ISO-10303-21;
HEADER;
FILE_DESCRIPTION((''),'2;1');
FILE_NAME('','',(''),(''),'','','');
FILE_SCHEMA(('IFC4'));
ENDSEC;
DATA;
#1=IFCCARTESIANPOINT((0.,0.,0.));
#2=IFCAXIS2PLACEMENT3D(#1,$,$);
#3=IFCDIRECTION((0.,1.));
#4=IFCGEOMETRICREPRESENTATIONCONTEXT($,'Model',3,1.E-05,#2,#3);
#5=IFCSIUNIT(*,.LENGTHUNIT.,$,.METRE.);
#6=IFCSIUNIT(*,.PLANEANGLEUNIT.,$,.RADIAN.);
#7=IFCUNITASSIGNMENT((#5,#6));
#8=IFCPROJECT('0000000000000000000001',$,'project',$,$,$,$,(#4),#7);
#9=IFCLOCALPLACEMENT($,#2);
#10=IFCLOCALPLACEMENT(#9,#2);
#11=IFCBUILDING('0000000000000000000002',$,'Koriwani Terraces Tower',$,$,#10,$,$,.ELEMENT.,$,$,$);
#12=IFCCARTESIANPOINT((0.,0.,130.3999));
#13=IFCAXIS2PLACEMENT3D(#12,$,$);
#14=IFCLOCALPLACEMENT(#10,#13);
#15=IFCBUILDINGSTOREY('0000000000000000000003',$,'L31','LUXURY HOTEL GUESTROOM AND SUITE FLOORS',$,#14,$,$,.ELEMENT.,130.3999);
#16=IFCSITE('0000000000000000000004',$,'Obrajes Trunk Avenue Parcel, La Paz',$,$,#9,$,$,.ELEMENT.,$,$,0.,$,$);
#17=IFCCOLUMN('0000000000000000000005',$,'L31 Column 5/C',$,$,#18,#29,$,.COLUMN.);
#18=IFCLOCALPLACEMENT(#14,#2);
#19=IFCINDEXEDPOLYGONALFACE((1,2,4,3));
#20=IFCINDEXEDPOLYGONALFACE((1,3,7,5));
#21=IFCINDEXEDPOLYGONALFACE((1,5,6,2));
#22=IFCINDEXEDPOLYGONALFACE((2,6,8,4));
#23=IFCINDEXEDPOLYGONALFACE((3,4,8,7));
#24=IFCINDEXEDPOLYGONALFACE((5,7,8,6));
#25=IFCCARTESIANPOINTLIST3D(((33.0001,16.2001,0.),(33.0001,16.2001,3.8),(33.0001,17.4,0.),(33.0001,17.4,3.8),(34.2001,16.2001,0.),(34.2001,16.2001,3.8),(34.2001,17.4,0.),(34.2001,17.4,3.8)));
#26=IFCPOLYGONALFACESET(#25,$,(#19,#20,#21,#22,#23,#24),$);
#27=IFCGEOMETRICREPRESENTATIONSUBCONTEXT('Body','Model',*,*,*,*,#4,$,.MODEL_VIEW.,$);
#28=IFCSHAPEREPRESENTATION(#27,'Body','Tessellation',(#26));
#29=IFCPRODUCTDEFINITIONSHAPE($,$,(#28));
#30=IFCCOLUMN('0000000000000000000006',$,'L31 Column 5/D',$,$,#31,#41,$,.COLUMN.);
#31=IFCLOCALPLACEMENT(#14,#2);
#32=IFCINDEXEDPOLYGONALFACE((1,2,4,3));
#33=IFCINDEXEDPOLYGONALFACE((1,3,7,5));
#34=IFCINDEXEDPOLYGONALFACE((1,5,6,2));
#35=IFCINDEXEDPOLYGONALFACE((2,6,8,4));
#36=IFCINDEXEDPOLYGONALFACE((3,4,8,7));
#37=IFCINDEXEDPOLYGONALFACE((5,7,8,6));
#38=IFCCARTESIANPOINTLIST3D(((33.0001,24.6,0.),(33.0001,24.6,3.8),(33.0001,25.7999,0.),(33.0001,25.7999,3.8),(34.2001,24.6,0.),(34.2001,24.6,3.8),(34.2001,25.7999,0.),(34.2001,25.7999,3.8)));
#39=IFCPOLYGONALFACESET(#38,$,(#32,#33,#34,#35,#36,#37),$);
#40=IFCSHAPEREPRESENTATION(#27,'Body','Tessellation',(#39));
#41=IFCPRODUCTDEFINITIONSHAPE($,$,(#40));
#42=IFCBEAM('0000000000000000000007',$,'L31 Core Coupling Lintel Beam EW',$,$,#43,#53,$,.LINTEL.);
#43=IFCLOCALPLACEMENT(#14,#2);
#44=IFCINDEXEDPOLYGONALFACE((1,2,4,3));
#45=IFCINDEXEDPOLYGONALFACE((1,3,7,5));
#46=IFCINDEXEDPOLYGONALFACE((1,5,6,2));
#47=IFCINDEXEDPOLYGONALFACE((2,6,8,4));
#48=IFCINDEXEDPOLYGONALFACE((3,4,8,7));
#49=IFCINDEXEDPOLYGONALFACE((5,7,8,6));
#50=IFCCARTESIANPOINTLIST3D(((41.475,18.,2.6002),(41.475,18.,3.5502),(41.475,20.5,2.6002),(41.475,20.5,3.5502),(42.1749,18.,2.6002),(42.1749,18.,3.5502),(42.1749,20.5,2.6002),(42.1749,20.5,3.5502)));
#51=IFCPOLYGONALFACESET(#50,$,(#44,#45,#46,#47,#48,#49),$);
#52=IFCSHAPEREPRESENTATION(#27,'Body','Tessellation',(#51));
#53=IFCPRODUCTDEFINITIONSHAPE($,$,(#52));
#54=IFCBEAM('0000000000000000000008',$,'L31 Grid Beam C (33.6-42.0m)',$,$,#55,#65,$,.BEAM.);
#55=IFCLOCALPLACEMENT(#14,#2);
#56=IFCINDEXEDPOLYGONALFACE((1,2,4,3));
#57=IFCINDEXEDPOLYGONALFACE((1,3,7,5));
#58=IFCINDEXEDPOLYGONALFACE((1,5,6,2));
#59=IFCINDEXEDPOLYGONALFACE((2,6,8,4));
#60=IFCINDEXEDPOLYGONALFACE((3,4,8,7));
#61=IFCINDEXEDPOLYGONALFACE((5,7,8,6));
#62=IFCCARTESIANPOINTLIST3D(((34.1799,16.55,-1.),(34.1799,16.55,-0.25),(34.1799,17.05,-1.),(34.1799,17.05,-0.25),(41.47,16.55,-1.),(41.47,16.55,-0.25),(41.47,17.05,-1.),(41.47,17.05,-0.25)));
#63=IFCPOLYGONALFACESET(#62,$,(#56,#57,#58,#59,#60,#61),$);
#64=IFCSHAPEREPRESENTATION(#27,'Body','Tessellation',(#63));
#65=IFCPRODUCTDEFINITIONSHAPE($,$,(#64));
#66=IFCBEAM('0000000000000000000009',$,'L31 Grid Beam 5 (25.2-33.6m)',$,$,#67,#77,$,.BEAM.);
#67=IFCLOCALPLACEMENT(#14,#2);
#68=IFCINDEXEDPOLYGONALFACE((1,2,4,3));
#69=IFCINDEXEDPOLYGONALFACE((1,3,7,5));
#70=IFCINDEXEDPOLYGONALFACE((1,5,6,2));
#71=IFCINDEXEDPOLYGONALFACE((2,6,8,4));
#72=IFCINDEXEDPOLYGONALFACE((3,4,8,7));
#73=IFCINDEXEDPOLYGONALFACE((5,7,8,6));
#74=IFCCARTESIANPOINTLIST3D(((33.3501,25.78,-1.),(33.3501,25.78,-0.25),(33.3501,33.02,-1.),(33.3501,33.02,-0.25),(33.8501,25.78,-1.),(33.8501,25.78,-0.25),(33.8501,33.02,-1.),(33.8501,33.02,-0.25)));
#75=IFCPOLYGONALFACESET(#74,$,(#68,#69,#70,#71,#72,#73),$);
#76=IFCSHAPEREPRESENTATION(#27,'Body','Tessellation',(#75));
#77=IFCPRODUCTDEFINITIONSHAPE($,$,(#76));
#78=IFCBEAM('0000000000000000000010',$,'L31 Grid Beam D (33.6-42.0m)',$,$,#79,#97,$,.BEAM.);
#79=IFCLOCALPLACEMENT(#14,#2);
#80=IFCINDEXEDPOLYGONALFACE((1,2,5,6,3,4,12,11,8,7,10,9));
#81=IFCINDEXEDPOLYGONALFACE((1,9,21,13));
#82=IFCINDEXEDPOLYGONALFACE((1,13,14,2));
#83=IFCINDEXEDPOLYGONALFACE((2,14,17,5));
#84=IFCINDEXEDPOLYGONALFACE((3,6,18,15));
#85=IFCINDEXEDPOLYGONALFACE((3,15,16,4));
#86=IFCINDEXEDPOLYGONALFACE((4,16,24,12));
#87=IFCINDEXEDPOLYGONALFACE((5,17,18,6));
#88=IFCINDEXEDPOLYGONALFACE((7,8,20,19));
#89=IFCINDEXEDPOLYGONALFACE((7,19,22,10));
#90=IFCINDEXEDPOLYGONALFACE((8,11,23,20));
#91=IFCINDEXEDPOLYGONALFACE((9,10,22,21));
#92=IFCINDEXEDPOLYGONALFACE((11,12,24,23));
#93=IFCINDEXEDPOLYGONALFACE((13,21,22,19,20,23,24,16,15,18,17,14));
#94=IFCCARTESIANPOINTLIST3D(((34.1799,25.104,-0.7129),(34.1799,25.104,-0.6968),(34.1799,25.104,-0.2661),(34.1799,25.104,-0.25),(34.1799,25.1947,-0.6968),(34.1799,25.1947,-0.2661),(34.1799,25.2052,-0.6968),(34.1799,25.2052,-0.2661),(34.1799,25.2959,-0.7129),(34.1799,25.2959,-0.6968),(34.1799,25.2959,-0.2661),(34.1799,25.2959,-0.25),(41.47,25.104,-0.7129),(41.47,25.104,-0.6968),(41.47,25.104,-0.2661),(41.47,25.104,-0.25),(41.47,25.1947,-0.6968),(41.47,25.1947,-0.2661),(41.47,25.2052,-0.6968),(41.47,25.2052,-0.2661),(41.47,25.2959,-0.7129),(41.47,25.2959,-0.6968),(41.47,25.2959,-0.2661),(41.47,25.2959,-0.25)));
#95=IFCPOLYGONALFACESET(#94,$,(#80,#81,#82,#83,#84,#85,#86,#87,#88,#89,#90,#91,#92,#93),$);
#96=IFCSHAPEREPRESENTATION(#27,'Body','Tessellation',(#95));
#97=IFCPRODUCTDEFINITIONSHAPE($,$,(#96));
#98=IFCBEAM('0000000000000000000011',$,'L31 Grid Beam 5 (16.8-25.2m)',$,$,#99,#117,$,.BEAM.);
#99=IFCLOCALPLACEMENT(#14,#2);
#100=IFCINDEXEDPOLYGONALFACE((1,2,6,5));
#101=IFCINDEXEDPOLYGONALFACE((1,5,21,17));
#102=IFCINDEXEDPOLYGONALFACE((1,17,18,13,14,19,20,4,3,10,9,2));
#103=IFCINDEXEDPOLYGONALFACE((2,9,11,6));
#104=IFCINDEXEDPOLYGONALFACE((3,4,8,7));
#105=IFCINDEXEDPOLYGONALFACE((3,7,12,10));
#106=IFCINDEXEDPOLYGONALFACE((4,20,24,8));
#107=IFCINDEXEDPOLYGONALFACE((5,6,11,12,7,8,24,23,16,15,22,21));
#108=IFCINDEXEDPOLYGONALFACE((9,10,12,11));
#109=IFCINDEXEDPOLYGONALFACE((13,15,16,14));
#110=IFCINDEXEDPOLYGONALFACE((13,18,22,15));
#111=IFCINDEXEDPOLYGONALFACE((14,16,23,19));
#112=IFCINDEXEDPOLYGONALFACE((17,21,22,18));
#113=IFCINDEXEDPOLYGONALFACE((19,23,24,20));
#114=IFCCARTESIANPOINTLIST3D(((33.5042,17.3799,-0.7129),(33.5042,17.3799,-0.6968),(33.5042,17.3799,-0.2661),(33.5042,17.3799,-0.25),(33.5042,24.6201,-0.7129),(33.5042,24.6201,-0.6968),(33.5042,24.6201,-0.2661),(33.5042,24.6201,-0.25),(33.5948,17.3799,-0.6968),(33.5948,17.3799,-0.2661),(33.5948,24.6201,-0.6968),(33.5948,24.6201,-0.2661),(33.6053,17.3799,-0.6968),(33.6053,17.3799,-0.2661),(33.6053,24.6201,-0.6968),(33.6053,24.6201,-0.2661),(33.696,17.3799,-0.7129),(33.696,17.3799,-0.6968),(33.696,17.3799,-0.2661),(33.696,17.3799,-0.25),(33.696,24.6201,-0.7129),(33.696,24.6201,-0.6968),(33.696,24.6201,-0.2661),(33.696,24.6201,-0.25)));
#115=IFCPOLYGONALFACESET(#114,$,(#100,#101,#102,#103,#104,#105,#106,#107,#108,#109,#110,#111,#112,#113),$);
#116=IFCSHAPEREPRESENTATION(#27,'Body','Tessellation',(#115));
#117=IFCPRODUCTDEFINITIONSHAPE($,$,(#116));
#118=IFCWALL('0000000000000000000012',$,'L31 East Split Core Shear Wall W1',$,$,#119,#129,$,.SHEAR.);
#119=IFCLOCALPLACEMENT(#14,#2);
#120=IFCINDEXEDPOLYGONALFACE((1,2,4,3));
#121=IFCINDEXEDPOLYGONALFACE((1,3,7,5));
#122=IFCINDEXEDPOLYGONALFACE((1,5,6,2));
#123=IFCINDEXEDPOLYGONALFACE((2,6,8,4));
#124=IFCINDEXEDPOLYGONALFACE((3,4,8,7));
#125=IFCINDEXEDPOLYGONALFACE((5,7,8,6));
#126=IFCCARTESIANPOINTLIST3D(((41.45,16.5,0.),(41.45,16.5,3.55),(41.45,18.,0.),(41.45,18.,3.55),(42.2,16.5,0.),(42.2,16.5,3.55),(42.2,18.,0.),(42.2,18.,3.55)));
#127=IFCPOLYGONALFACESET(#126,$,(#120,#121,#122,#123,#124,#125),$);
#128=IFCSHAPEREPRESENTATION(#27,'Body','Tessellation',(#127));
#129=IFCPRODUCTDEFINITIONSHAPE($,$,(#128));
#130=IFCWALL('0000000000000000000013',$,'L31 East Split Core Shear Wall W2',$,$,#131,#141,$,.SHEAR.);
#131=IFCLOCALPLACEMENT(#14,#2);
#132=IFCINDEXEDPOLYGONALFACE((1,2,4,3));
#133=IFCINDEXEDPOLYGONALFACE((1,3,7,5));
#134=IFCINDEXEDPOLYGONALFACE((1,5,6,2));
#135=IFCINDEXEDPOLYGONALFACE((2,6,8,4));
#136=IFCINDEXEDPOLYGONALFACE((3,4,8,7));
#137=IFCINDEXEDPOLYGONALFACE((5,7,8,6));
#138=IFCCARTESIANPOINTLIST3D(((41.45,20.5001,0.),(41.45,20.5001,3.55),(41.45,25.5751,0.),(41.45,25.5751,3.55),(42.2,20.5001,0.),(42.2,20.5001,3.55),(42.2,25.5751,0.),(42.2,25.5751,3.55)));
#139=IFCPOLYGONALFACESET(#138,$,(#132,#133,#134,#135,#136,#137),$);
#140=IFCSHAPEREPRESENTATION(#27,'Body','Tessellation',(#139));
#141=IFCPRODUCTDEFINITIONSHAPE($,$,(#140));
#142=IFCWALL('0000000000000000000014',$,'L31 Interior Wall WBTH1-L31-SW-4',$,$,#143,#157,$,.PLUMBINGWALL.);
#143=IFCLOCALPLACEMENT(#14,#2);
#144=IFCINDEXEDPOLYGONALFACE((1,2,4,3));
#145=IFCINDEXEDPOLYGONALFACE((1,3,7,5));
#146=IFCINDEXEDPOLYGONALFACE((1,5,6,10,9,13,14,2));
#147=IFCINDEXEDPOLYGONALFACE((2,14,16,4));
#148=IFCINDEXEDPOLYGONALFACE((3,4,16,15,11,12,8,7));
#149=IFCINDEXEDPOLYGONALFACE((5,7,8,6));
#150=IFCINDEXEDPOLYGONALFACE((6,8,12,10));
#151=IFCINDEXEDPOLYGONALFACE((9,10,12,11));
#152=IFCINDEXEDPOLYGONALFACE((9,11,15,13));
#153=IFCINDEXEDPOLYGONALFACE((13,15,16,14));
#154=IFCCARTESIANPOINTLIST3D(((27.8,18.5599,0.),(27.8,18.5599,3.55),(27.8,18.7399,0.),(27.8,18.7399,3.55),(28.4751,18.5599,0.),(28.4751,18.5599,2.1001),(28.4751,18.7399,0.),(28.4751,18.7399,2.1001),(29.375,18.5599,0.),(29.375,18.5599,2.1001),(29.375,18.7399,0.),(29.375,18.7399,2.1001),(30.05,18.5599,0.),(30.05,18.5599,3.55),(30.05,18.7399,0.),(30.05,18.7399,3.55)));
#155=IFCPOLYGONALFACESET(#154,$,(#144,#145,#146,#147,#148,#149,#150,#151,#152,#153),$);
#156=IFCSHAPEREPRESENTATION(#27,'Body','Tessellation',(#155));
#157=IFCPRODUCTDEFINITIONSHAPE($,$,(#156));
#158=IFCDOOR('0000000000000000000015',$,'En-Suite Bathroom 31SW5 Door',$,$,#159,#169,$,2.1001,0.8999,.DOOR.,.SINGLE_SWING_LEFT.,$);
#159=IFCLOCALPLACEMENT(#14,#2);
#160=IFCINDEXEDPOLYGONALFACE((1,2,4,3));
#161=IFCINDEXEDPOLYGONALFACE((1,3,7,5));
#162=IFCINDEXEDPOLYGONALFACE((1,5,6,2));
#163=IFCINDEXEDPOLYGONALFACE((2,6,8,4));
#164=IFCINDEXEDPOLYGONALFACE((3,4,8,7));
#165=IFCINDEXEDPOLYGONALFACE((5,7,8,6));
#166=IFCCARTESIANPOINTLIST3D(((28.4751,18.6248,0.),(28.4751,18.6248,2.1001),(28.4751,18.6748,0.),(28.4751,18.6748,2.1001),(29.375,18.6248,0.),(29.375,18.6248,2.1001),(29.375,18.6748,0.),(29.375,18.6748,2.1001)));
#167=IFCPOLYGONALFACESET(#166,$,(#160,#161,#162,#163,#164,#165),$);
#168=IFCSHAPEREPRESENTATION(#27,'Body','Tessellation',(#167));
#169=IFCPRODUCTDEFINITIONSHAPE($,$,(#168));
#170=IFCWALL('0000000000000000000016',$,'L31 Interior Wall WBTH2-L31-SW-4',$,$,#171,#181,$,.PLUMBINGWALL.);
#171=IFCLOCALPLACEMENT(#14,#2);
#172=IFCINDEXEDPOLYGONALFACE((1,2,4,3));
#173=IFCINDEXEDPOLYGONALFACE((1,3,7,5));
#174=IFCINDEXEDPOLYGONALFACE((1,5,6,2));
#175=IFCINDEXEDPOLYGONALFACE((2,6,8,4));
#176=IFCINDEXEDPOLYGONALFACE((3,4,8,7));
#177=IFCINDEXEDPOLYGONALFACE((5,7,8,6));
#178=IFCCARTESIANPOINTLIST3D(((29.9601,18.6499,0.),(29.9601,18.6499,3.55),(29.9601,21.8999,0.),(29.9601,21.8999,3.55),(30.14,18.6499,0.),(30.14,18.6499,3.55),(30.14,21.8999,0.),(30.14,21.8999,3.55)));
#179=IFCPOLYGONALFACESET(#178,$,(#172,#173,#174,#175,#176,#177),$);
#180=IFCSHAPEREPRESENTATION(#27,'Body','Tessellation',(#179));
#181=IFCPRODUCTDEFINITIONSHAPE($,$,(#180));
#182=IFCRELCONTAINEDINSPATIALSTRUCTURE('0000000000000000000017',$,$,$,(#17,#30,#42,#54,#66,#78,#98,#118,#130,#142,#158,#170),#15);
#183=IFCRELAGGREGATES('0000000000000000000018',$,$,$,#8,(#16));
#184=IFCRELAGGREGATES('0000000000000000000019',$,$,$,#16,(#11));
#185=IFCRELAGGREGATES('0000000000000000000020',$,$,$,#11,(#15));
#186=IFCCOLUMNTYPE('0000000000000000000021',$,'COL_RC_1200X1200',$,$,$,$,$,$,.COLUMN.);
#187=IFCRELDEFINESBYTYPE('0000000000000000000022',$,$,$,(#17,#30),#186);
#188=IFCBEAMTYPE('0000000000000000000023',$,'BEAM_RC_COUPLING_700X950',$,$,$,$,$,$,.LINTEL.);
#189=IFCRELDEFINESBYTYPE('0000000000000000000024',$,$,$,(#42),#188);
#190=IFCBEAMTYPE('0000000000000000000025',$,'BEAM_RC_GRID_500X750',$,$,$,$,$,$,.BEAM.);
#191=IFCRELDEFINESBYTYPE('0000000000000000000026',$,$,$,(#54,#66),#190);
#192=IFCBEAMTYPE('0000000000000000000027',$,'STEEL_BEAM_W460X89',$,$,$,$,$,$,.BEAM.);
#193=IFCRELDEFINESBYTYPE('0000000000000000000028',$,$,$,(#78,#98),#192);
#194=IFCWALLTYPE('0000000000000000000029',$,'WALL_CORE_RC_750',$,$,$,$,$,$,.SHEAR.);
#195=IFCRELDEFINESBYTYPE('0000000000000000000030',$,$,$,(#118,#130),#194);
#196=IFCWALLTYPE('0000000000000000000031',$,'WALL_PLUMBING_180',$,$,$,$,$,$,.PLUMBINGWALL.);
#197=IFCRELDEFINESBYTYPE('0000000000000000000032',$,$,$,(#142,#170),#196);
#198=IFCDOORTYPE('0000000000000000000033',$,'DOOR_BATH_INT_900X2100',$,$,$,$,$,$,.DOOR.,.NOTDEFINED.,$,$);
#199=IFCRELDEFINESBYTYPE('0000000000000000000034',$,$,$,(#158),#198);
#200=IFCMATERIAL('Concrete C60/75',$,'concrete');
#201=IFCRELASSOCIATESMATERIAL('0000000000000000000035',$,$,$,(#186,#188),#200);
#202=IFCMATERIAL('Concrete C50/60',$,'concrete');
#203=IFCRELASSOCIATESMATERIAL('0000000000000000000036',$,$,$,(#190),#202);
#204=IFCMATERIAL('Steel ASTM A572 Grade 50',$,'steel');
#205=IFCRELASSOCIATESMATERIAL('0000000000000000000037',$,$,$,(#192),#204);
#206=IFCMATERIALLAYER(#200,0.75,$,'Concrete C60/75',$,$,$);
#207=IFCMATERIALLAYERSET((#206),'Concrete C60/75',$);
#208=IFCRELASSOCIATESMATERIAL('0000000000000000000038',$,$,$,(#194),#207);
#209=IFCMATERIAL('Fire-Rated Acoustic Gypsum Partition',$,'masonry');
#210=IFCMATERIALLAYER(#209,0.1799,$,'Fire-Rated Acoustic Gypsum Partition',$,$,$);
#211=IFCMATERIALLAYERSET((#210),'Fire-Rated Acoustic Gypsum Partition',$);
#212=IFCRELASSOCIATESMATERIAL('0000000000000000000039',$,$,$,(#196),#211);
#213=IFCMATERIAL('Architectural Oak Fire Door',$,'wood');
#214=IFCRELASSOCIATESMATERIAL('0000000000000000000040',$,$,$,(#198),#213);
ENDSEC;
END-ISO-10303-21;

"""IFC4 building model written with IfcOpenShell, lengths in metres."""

from ifc_helpers import new_model, si_unit, direction, frame, frame_2d, origin, origin_2d, place, context, subcontext, project, spatial, rectangle, i_section, extrude, material, layer, layer_set, material_profile, profile_set, type_object, element, fill, save


model = new_model("IFC4")

# Units and contexts
model_context = context("Model", 3, precision=1e-05, world=origin(), true_north=direction((0.0, 1.0)))
body_context = subcontext(model_context, "Body", "Model", "MODEL_VIEW")
ifc_project = project(units=[si_unit("LENGTHUNIT", "METRE"), si_unit("PLANEANGLEUNIT", "RADIAN")], contexts=[model_context])

# Site, building, storey
site_placement = place(None, origin())
site = spatial("IfcSite", under=ifc_project, at=site_placement, Name="Obrajes Trunk Avenue Parcel, La Paz", CompositionType="ELEMENT", RefElevation=0.0)
building_placement = place(site_placement, origin())
building = spatial("IfcBuilding", under=site, at=building_placement, Name="Koriwani Terraces Tower", CompositionType="ELEMENT")
storey_placement = place(building_placement, frame((0.0, 0.0, 130.3999)))
storey = spatial("IfcBuildingStorey", under=building, at=storey_placement, Name="L31", Description="LUXURY HOTEL GUESTROOM AND SUITE FLOORS", CompositionType="ELEMENT", Elevation=130.3999)

# Columns
ifc_material_1 = material(Name="Concrete C60/75", Category="concrete")
ifc_material_profile_1 = material_profile(ifc_material_1, rectangle(XDim=1.2, YDim=1.2, at=origin_2d()), Name="Concrete C60/75", Category="LoadBearing")
ifc_profile_set_1 = profile_set([ifc_material_profile_1], Name="Concrete C60/75")
column_type = type_object("IfcColumnType", Name="COL_RC_1200X1200", PredefinedType="COLUMN", material=ifc_profile_set_1)
for number, where, z_axis, x_axis, name in (
    (1, (33.6001, 16.8, 0.0), (0.0, 0.0, 1.0), (1.0, 0.0, 0.0), "L31 Column 5/C"),
    (2, (33.6001, 25.2, 0.0), (0.0, 0.0, 1.0), (1.0, 0.0, 0.0), "L31 Column 5/D"),
):
    element("IfcColumn", number, at=place(storey_placement, frame(where, z_axis=z_axis, x_axis=x_axis)), inside=storey, type_object=column_type, Name=name, PredefinedType="COLUMN", context=body_context, shape_type="SweptSolid", body=[
        extrude(rectangle(XDim=1.2, YDim=1.2, at=origin_2d()), origin(), (0.0, 0.0, 1.0), 3.8),
    ])

# Beams
ifc_material_profile_2 = material_profile(ifc_material_1, rectangle(XDim=0.7, YDim=0.95, at=origin_2d()), Name="Concrete C60/75", Category="LoadBearing")
ifc_profile_set_2 = profile_set([ifc_material_profile_2], Name="Concrete C60/75")
beam_type_1 = type_object("IfcBeamType", Name="BEAM_RC_COUPLING_700X950", PredefinedType="LINTEL", material=ifc_profile_set_2)
beam_1_placement = place(storey_placement, frame((41.825, 18.0, 3.0752), z_axis=(0.0, 1.0, 0.0), x_axis=(-1.0, 0.0, 0.0)))
element("IfcBeam", 3, at=beam_1_placement, inside=storey, type_object=beam_type_1, Name="L31 Core Coupling Lintel Beam EW", PredefinedType="LINTEL", context=body_context, shape_type="SweptSolid", body=[
    extrude(rectangle(XDim=0.7, YDim=0.95, at=origin_2d()), origin(), (0.0, 0.0, 1.0), 2.5),
])
ifc_material_2 = material(Name="Concrete C50/60", Category="concrete")
ifc_material_profile_3 = material_profile(ifc_material_2, rectangle(XDim=0.5, YDim=0.75, at=origin_2d()), Name="Concrete C50/60", Category="LoadBearing")
ifc_profile_set_3 = profile_set([ifc_material_profile_3], Name="Concrete C50/60")
beam_type_2 = type_object("IfcBeamType", Name="BEAM_RC_GRID_500X750", PredefinedType="BEAM", material=ifc_profile_set_3)
beam_2_placement = place(storey_placement, frame((34.1799, 16.8, -0.625), z_axis=(1.0, 0.0, 0.0), x_axis=(0.0, 1.0, 0.0)))
element("IfcBeam", 4, at=beam_2_placement, inside=storey, type_object=beam_type_2, Name="L31 Grid Beam C (33.6-42.0m)", PredefinedType="BEAM", context=body_context, shape_type="SweptSolid", body=[
    extrude(rectangle(XDim=0.5, YDim=0.75, at=origin_2d()), origin(), (0.0, 0.0, 1.0), 7.29),
])
beam_3_placement = place(storey_placement, frame((33.6001, 25.78, -0.625), z_axis=(0.0, 1.0, 0.0), x_axis=(-1.0, 0.0, 0.0)))
element("IfcBeam", 5, at=beam_3_placement, inside=storey, type_object=beam_type_2, Name="L31 Grid Beam 5 (25.2-33.6m)", PredefinedType="BEAM", context=body_context, shape_type="SweptSolid", body=[
    extrude(rectangle(XDim=0.5, YDim=0.75, at=origin_2d()), origin(), (0.0, 0.0, 1.0), 7.24),
])
ifc_material_3 = material(Name="Steel ASTM A572 Grade 50", Category="steel")
ifc_material_profile_4 = material_profile(ifc_material_3, i_section(OverallWidth=0.1919, OverallDepth=0.4629, WebThickness=0.0105, FlangeThickness=0.0161, at=origin_2d()), Name="Steel ASTM A572 Grade 50", Category="LoadBearing")
ifc_profile_set_4 = profile_set([ifc_material_profile_4], Name="Steel ASTM A572 Grade 50")
beam_type_3 = type_object("IfcBeamType", Name="STEEL_BEAM_W460X89", PredefinedType="BEAM", material=ifc_profile_set_4)
beam_4_placement = place(storey_placement, frame((34.1799, 25.2, -0.4814), z_axis=(1.0, 0.0, 0.0), x_axis=(0.0, 1.0, 0.0)))
element("IfcBeam", 6, at=beam_4_placement, inside=storey, type_object=beam_type_3, Name="L31 Grid Beam D (33.6-42.0m)", PredefinedType="BEAM", context=body_context, shape_type="SweptSolid", body=[
    extrude(i_section(OverallWidth=0.1919, OverallDepth=0.4629, WebThickness=0.0105, FlangeThickness=0.0161, at=origin_2d()), origin(), (0.0, 0.0, 1.0), 7.29),
])
beam_5_placement = place(storey_placement, frame((33.6001, 17.3799, -0.4814), z_axis=(0.0, 1.0, 0.0), x_axis=(-1.0, 0.0, 0.0)))
element("IfcBeam", 7, at=beam_5_placement, inside=storey, type_object=beam_type_3, Name="L31 Grid Beam 5 (16.8-25.2m)", PredefinedType="BEAM", context=body_context, shape_type="SweptSolid", body=[
    extrude(i_section(OverallWidth=0.1919, OverallDepth=0.4629, WebThickness=0.0105, FlangeThickness=0.0161, at=origin_2d()), origin(), (0.0, 0.0, 1.0), 7.2402),
])

# Walls
ifc_layer_1 = layer(ifc_material_1, 0.75, Name="Concrete C60/75")
ifc_layer_set_1 = layer_set([ifc_layer_1], Name="Concrete C60/75")
wall_type_1 = type_object("IfcWallType", Name="WALL_CORE_RC_750", PredefinedType="SHEAR", material=ifc_layer_set_1)
wall_1_placement = place(storey_placement, frame((41.825, 16.5, 0.0), z_axis=(0.0, 0.0, 1.0), x_axis=(0.0, 1.0, 0.0)))
element("IfcWall", 8, at=wall_1_placement, inside=storey, type_object=wall_type_1, Name="L31 East Split Core Shear Wall W1", PredefinedType="SHEAR", context=body_context, shape_type="SweptSolid", body=[
    extrude(rectangle(XDim=1.5, YDim=0.75, at=frame_2d((0.75, 0.0))), origin(), (0.0, 0.0, 1.0), 3.55),
])
wall_2_placement = place(storey_placement, frame((41.825, 20.5, 0.0), z_axis=(0.0, 0.0, 1.0), x_axis=(0.0, 1.0, 0.0)))
element("IfcWall", 9, at=wall_2_placement, inside=storey, type_object=wall_type_1, Name="L31 East Split Core Shear Wall W2", PredefinedType="SHEAR", context=body_context, shape_type="SweptSolid", body=[
    extrude(rectangle(XDim=5.075, YDim=0.75, at=frame_2d((2.5376, 0.0))), origin(), (0.0, 0.0, 1.0), 3.55),
])

# Wall, opening, door
ifc_material_4 = material(Name="Fire-Rated Acoustic Gypsum Partition", Category="masonry")
ifc_layer_2 = layer(ifc_material_4, 0.1799, Name="Fire-Rated Acoustic Gypsum Partition")
ifc_layer_set_2 = layer_set([ifc_layer_2], Name="Fire-Rated Acoustic Gypsum Partition")
wall_type_2 = type_object("IfcWallType", Name="WALL_PLUMBING_180", PredefinedType="PLUMBINGWALL", material=ifc_layer_set_2)
wall_3_placement = place(storey_placement, frame((27.8, 18.6499, 0.0), z_axis=(0.0, 0.0, 1.0), x_axis=(1.0, 0.0, 0.0)))
wall_3 = element("IfcWall", 10, at=wall_3_placement, inside=storey, type_object=wall_type_2, Name="L31 Interior Wall WBTH1-L31-SW-4", PredefinedType="PLUMBINGWALL", context=body_context, shape_type="SweptSolid", body=[
    extrude(rectangle(XDim=2.25, YDim=0.1799, at=frame_2d((1.125, 0.0))), origin(), (0.0, 0.0, 1.0), 3.55),
])
opening_1_placement = place(wall_3_placement, frame((0.675, 0.0, 0.0)))
opening_1 = element("IfcOpeningElement", 11, at=opening_1_placement, cuts=wall_3, PredefinedType="OPENING", context=body_context, shape_type="SweptSolid", body=[
    extrude(rectangle(XDim=0.8999, YDim=2.1001, at=frame_2d((0.45, 1.05))), frame((0.0, 0.1001, 0.0), z_axis=(0.0, -1.0, 0.0), x_axis=(1.0, 0.0, 0.0)), (0.0, 0.0, 1.0), 0.2),
])
ifc_material_5 = material(Name="Architectural Oak Fire Door", Category="wood")
door_type = type_object("IfcDoorType", Name="DOOR_BATH_INT_900X2100", OperationType="NOTDEFINED", PredefinedType="DOOR", material=ifc_material_5)
door_1_placement = place(opening_1_placement, origin())
door_1 = element("IfcDoor", 12, at=door_1_placement, inside=storey, type_object=door_type, Name="En-Suite Bathroom 31SW5 Door", OperationType="SINGLE_SWING_LEFT", OverallHeight=2.1001, OverallWidth=0.8999, PredefinedType="DOOR", context=body_context, shape_type="SweptSolid", body=[
    extrude(rectangle(XDim=0.8999, YDim=2.1001, at=frame_2d((0.45, 1.05))), frame((0.0, 0.0249, 0.0), z_axis=(0.0, -1.0, 0.0), x_axis=(1.0, 0.0, 0.0)), (0.0, 0.0, 1.0), 0.05),
])
fill(opening_1, door_1)

# Wall
wall_4_placement = place(storey_placement, frame((30.05, 18.6499, 0.0), z_axis=(0.0, 0.0, 1.0), x_axis=(0.0, 1.0, 0.0)))
element("IfcWall", 13, at=wall_4_placement, inside=storey, type_object=wall_type_2, Name="L31 Interior Wall WBTH2-L31-SW-4", PredefinedType="PLUMBINGWALL", context=body_context, shape_type="SweptSolid", body=[
    extrude(rectangle(XDim=3.25, YDim=0.1799, at=frame_2d((1.625, 0.0))), origin(), (0.0, 0.0, 1.0), 3.55),
])

save(model, "model.ifc")
